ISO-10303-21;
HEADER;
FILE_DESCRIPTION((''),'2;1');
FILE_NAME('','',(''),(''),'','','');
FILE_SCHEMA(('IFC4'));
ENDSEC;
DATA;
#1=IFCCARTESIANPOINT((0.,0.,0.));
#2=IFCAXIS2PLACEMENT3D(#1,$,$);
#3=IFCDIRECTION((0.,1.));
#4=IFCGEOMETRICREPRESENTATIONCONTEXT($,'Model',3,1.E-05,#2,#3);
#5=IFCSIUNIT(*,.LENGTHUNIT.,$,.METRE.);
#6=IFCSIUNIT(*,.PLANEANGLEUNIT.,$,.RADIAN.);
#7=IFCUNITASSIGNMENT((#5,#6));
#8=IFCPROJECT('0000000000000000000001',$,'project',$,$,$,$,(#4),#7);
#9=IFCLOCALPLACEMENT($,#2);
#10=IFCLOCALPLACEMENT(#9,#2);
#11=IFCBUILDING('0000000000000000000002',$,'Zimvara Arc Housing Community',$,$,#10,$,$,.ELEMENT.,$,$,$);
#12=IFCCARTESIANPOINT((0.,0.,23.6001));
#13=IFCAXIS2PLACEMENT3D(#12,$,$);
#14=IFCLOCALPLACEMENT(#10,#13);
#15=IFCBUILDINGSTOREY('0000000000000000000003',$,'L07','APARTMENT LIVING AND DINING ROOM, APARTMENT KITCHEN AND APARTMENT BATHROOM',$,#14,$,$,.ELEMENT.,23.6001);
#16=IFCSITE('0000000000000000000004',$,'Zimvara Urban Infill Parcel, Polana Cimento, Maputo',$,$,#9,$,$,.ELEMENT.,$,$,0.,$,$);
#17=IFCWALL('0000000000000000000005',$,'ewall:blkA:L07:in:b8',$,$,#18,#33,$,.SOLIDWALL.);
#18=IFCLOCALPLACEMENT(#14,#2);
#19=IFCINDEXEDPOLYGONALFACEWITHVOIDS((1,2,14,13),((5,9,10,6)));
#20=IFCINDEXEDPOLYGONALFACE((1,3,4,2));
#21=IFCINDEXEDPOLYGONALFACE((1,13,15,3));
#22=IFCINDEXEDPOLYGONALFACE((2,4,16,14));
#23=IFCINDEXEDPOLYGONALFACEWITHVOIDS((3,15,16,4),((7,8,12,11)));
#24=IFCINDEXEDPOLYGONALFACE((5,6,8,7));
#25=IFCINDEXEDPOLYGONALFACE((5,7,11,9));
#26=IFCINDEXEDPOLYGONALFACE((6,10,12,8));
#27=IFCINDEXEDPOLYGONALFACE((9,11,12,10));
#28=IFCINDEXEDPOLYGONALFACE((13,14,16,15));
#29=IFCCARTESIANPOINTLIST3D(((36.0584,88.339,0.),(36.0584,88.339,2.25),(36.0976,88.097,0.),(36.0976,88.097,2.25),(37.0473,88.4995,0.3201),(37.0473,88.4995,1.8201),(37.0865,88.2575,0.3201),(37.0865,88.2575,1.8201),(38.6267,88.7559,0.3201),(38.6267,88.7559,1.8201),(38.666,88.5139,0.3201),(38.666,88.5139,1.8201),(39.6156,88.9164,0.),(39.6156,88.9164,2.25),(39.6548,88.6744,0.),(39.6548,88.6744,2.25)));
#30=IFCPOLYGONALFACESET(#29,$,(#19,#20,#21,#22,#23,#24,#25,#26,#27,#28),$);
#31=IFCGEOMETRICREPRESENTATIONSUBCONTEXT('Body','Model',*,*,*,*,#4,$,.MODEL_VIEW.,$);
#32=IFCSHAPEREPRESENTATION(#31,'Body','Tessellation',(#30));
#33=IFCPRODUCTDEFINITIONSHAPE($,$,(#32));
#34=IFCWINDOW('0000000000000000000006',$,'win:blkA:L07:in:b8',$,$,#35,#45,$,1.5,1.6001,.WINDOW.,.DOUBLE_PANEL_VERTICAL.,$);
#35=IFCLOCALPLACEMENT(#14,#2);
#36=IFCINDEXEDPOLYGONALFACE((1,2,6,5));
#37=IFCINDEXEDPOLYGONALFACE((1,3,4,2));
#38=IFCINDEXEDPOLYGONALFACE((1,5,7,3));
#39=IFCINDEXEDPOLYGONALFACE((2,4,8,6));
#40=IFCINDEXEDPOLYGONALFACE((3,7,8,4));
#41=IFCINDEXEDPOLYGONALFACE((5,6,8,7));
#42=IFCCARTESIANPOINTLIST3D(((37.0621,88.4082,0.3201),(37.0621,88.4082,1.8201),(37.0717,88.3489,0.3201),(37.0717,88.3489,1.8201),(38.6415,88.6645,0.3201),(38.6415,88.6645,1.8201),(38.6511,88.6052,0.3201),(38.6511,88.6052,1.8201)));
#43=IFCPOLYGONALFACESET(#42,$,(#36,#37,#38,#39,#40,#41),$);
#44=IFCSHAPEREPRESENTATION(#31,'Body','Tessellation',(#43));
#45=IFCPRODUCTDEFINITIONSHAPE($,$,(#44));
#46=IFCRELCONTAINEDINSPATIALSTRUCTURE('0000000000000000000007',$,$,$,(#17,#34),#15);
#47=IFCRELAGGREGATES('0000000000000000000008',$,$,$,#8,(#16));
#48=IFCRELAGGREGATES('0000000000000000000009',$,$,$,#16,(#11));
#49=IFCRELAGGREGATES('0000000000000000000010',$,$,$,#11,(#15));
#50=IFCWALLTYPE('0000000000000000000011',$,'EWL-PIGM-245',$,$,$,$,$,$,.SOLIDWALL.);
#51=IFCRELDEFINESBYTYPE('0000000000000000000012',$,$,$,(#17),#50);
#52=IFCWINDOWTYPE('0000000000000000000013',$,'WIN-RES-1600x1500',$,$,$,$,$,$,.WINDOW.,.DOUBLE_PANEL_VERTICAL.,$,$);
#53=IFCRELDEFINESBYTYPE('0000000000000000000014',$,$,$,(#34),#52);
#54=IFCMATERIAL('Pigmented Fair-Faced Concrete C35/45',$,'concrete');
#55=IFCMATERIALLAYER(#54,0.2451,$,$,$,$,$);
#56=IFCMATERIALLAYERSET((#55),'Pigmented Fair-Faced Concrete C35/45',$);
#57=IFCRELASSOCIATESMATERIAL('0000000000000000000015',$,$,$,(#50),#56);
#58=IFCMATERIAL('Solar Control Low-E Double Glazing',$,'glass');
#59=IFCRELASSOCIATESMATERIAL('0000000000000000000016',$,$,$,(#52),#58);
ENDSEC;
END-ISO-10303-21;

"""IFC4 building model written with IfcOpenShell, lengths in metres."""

from ifc_helpers import new_model, si_unit, direction, frame, frame_2d, origin, place, context, subcontext, project, spatial, rectangle, extrude, material, layer, layer_set, type_object, element, fill, save


model = new_model("IFC4")

# Units and contexts
model_context = context("Model", 3, precision=1e-05, world=origin(), true_north=direction((0.0, 1.0)))
body_context = subcontext(model_context, "Body", "Model", "MODEL_VIEW")
ifc_project = project(units=[si_unit("LENGTHUNIT", "METRE"), si_unit("PLANEANGLEUNIT", "RADIAN")], contexts=[model_context])

# Site, building, storey
site_placement = place(None, origin())
site = spatial("IfcSite", under=ifc_project, at=site_placement, Name="Zimvara Urban Infill Parcel, Polana Cimento, Maputo", CompositionType="ELEMENT", RefElevation=0.0)
building_placement = place(site_placement, origin())
building = spatial("IfcBuilding", under=site, at=building_placement, Name="Zimvara Arc Housing Community", CompositionType="ELEMENT")
storey_placement = place(building_placement, frame((0.0, 0.0, 23.6001)))
storey = spatial("IfcBuildingStorey", under=building, at=storey_placement, Name="L07", Description="APARTMENT LIVING AND DINING ROOM, APARTMENT KITCHEN AND APARTMENT BATHROOM", CompositionType="ELEMENT", Elevation=23.6001)

# Wall, opening, window
ifc_material_1 = material(Name="Pigmented Fair-Faced Concrete C35/45", Category="concrete")
ifc_layer_1 = layer(ifc_material_1, 0.2451)
ifc_layer_set_1 = layer_set([ifc_layer_1], Name="Pigmented Fair-Faced Concrete C35/45")
wall_type = type_object("IfcWallType", Name="EWL-PIGM-245", PredefinedType="SOLIDWALL", material=ifc_layer_set_1)
wall_placement = place(storey_placement, frame((36.0781, 88.218, 0.0), z_axis=(0.0, 0.0, 1.0), x_axis=(0.987081, 0.160223, 0.0)))
wall = element("IfcWall", 1, at=wall_placement, inside=storey, type_object=wall_type, Name="ewall:blkA:L07:in:b8", PredefinedType="SOLIDWALL", context=body_context, shape_type="SweptSolid", body=[
    extrude(rectangle(XDim=3.6038, YDim=0.2451, at=frame_2d((1.8018, 0.0))), origin(), (0.0, 0.0, 1.0), 2.25),
])
opening_placement = place(wall_placement, frame((1.0017, 0.0, 0.3201)))
opening = element("IfcOpeningElement", 2, at=opening_placement, cuts=wall, PredefinedType="OPENING", context=body_context, shape_type="SweptSolid", body=[
    extrude(rectangle(XDim=1.6001, YDim=1.5, at=frame_2d((0.8, 0.75))), frame((0.0, 0.1326, 0.0), z_axis=(0.0, -1.0, 0.0), x_axis=(1.0, 0.0, 0.0)), (0.0, 0.0, 1.0), 0.2651),
])
ifc_material_2 = material(Name="Solar Control Low-E Double Glazing", Category="glass")
window_type = type_object("IfcWindowType", Name="WIN-RES-1600x1500", PartitioningType="DOUBLE_PANEL_VERTICAL", PredefinedType="WINDOW", material=ifc_material_2)
window_placement = place(opening_placement, origin())
window = element("IfcWindow", 3, at=window_placement, inside=storey, type_object=window_type, Name="win:blkA:L07:in:b8", OverallHeight=1.5, OverallWidth=1.6001, PartitioningType="DOUBLE_PANEL_VERTICAL", PredefinedType="WINDOW", context=body_context, shape_type="SweptSolid", body=[
    extrude(rectangle(XDim=1.6001, YDim=1.5, at=frame_2d((0.8, 0.75))), frame((0.0, 0.03, 0.0), z_axis=(0.0, -1.0, 0.0), x_axis=(1.0, 0.0, 0.0)), (0.0, 0.0, 1.0), 0.0601),
])
fill(opening, window)

save(model, "model.ifc")
